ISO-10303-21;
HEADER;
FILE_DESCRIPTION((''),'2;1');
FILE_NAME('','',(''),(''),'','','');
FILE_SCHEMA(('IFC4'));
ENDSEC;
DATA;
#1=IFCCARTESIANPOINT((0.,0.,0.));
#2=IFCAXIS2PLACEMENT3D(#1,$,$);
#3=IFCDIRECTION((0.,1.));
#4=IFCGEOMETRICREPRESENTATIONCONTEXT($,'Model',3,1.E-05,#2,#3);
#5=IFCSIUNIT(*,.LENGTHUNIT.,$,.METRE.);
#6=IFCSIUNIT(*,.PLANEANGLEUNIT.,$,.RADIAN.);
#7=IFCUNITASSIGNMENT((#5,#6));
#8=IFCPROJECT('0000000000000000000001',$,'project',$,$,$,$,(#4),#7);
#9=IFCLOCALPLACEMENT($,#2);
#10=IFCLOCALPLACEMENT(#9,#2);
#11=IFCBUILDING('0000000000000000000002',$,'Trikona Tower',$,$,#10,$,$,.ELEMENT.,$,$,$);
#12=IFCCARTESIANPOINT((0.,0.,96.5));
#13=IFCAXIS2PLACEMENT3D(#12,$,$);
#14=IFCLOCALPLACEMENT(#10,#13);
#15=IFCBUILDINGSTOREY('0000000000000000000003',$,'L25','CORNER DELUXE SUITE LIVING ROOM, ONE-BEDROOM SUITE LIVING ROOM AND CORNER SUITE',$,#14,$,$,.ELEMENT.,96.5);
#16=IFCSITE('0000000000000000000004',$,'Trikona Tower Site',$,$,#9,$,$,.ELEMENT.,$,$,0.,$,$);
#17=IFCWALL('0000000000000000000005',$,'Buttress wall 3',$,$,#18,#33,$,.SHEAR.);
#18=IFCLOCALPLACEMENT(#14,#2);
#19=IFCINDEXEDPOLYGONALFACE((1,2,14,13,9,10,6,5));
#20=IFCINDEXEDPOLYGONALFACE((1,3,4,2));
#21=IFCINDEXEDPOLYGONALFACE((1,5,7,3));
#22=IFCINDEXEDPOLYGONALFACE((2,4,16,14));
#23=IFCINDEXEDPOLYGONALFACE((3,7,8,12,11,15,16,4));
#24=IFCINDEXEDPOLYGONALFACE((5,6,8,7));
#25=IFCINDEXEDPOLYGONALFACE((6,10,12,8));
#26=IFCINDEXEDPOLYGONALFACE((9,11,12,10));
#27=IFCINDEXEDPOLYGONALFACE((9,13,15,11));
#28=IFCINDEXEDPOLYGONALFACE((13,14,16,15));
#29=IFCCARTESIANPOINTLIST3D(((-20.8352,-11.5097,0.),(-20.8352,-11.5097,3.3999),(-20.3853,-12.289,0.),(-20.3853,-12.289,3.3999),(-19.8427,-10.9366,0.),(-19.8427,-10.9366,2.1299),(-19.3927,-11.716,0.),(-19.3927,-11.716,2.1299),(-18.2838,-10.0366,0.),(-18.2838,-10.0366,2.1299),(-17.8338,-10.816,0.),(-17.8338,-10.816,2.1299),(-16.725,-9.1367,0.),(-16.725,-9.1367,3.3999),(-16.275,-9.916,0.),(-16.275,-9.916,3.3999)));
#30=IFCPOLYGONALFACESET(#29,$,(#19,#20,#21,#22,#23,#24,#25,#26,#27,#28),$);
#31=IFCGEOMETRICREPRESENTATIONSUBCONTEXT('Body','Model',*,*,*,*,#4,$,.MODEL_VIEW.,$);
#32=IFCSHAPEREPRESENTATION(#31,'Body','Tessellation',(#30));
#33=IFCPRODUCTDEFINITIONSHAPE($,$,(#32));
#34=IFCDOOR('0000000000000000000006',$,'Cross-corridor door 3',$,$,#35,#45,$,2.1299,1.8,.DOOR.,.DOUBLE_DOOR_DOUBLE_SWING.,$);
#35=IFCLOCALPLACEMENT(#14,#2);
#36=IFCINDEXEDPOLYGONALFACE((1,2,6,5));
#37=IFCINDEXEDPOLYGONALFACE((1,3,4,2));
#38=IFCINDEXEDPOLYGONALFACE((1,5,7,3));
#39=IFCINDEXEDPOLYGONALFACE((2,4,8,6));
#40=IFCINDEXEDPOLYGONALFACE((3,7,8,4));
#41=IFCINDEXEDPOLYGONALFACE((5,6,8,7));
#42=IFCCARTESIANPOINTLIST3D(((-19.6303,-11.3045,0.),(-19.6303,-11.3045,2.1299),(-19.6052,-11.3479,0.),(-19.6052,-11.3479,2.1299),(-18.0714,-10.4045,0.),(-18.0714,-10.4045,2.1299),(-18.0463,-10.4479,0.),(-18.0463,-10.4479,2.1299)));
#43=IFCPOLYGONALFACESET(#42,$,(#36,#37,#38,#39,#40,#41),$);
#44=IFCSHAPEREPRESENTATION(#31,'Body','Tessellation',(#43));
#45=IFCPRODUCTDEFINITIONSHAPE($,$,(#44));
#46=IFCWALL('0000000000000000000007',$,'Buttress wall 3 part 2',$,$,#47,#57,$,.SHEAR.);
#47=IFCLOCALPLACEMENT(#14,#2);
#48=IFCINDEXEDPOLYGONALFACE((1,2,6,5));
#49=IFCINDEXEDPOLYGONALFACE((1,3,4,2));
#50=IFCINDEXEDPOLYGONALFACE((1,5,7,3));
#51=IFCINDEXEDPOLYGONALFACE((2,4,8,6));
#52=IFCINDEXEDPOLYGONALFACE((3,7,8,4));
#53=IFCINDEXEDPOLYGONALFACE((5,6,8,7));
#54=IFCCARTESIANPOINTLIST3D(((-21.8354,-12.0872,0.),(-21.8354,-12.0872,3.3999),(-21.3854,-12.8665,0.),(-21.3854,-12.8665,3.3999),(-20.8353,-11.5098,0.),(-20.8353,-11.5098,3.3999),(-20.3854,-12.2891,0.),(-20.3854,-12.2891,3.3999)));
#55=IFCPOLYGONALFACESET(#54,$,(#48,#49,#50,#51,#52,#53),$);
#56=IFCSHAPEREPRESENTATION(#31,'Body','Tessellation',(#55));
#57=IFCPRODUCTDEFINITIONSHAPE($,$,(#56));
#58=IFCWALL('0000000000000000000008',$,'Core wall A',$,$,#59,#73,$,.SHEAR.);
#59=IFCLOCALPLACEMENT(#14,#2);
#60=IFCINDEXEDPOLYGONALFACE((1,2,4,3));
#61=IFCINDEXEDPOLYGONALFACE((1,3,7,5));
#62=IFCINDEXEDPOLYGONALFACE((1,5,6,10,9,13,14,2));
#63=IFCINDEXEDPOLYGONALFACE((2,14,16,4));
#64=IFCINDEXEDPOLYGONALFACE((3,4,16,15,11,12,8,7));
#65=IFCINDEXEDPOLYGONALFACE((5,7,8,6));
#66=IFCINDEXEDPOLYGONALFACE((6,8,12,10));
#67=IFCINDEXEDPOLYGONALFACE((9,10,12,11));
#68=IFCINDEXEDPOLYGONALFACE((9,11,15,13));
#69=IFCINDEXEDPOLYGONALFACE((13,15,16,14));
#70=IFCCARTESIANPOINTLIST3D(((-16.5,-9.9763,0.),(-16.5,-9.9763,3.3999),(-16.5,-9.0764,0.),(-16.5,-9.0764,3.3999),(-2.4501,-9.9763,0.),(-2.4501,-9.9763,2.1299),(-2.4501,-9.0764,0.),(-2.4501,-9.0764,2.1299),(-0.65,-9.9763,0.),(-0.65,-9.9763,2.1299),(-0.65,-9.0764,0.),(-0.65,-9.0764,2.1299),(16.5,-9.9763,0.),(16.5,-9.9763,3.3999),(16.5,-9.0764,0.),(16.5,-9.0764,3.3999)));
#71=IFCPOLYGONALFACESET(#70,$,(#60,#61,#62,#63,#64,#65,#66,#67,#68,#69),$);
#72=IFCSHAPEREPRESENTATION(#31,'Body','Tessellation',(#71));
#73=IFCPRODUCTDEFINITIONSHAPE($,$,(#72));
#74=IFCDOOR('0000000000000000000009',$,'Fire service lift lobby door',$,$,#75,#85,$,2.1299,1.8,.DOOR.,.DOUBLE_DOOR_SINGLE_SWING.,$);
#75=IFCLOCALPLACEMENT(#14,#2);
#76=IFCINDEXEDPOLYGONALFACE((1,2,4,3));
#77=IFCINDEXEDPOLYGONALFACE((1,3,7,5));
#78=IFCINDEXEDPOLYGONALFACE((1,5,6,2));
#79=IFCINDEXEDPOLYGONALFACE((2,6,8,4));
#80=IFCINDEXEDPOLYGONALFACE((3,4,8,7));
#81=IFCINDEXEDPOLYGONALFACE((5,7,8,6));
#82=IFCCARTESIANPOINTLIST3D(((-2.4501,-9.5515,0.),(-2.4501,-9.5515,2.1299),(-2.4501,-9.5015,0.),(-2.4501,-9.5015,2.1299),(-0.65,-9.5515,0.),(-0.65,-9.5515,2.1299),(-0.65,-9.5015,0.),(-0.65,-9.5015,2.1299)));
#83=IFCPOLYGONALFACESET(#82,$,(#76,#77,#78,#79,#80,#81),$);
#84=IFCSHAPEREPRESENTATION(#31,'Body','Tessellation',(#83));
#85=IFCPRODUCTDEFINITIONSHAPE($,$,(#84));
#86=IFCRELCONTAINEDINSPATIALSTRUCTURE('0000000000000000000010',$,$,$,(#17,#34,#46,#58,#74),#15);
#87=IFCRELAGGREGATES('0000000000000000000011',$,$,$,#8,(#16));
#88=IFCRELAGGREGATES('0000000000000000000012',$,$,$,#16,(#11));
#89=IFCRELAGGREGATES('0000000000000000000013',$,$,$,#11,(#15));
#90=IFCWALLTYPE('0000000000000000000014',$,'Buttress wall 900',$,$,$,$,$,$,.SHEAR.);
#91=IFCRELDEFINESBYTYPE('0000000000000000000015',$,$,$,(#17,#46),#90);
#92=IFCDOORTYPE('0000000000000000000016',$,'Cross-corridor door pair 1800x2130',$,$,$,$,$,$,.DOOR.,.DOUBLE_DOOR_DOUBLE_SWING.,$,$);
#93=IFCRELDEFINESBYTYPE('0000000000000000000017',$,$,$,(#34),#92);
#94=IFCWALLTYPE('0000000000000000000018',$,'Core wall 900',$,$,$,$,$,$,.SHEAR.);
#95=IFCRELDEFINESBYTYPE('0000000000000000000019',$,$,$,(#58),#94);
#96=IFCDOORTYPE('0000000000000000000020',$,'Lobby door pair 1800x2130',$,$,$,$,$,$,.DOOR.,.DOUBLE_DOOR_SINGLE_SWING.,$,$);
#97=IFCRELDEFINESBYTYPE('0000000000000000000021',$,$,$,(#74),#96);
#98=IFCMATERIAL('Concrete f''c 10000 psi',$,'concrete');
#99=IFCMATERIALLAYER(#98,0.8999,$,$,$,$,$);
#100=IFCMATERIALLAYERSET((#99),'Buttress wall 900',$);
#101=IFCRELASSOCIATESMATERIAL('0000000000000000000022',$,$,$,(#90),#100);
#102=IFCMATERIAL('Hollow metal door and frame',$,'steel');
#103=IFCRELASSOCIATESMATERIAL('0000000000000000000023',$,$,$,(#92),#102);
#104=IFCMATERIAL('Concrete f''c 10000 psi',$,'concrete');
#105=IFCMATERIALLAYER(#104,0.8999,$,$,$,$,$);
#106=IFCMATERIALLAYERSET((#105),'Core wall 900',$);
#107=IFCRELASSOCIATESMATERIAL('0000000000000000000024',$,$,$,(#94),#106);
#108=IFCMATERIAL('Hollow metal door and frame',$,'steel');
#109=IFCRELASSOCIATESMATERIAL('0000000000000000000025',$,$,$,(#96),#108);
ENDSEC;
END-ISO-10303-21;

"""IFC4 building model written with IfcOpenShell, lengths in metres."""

from ifc_helpers import new_model, si_unit, direction, frame, frame_2d, origin, place, context, subcontext, project, spatial, rectangle, extrude, material, layer, layer_set, type_object, element, fill, save


model = new_model("IFC4")

# Units and contexts
model_context = context("Model", 3, precision=1e-05, world=origin(), true_north=direction((0.0, 1.0)))
body_context = subcontext(model_context, "Body", "Model", "MODEL_VIEW")
ifc_project = project(units=[si_unit("LENGTHUNIT", "METRE"), si_unit("PLANEANGLEUNIT", "RADIAN")], contexts=[model_context])

# Site, building, storey
site_placement = place(None, origin())
site = spatial("IfcSite", under=ifc_project, at=site_placement, Name="Trikona Tower Site", CompositionType="ELEMENT", RefElevation=0.0)
building_placement = place(site_placement, origin())
building = spatial("IfcBuilding", under=site, at=building_placement, Name="Trikona Tower", CompositionType="ELEMENT")
storey_placement = place(building_placement, frame((0.0, 0.0, 96.5)))
storey = spatial("IfcBuildingStorey", under=building, at=storey_placement, Name="L25", Description="CORNER DELUXE SUITE LIVING ROOM, ONE-BEDROOM SUITE LIVING ROOM AND CORNER SUITE", CompositionType="ELEMENT", Elevation=96.5)

# Wall, opening, door
ifc_material_1 = material(Name="Concrete f'c 10000 psi", Category="concrete")
ifc_layer_1 = layer(ifc_material_1, 0.8999)
ifc_layer_set_1 = layer_set([ifc_layer_1], Name="Buttress wall 900")
wall_type_1 = type_object("IfcWallType", Name="Buttress wall 900", PredefinedType="SHEAR", material=ifc_layer_set_1)
wall_1_placement = place(storey_placement, frame((-16.5, -9.5264, 0.0), z_axis=(0.0, 0.0, 1.0), x_axis=(-0.866031, -0.49999, 0.0)))
wall_1 = element("IfcWall", 1, at=wall_1_placement, inside=storey, type_object=wall_type_1, Name="Buttress wall 3", PredefinedType="SHEAR", context=body_context, shape_type="SweptSolid", body=[
    extrude(rectangle(XDim=4.7461, YDim=0.8999, at=frame_2d((2.373, 0.0))), origin(), (0.0, 0.0, 1.0), 3.3999),
])
opening_1_placement = place(wall_1_placement, frame((1.8, 0.0, 0.0)))
opening_1 = element("IfcOpeningElement", 2, at=opening_1_placement, cuts=wall_1, PredefinedType="OPENING", context=body_context, shape_type="SweptSolid", body=[
    extrude(rectangle(XDim=1.8, YDim=2.1299, at=frame_2d((0.8999, 1.0649))), frame((0.0, 0.46, 0.0), z_axis=(0.0, -1.0, 0.0), x_axis=(1.0, 0.0, 0.0)), (0.0, 0.0, 1.0), 0.9199),
])
ifc_material_2 = material(Name="Hollow metal door and frame", Category="steel")
door_type_1 = type_object("IfcDoorType", Name="Cross-corridor door pair 1800x2130", OperationType="DOUBLE_DOOR_DOUBLE_SWING", PredefinedType="DOOR", material=ifc_material_2)
door_1_placement = place(opening_1_placement, origin())
door_1 = element("IfcDoor", 3, at=door_1_placement, inside=storey, type_object=door_type_1, Name="Cross-corridor door 3", OperationType="DOUBLE_DOOR_DOUBLE_SWING", OverallHeight=2.1299, OverallWidth=1.8, PredefinedType="DOOR", context=body_context, shape_type="SweptSolid", body=[
    extrude(rectangle(XDim=1.8, YDim=2.1299, at=frame_2d((0.8999, 1.0649))), frame((0.0, 0.0249, 0.0), z_axis=(0.0, -1.0, 0.0), x_axis=(1.0, 0.0, 0.0)), (0.0, 0.0, 1.0), 0.05),
])
fill(opening_1, door_1)

# Wall
wall_2_placement = place(storey_placement, frame((-20.6104, -11.8994, 0.0), z_axis=(0.0, 0.0, 1.0), x_axis=(-0.86601, -0.500027, 0.0)))
element("IfcWall", 4, at=wall_2_placement, inside=storey, type_object=wall_type_1, Name="Buttress wall 3 part 2", PredefinedType="SHEAR", context=body_context, shape_type="SweptSolid", body=[
    extrude(rectangle(XDim=1.1548, YDim=0.8999, at=frame_2d((0.5774, 0.0))), origin(), (0.0, 0.0, 1.0), 3.3999),
])

# Wall, opening, door
ifc_material_3 = material(Name="Concrete f'c 10000 psi", Category="concrete")
ifc_layer_2 = layer(ifc_material_3, 0.8999)
ifc_layer_set_2 = layer_set([ifc_layer_2], Name="Core wall 900")
wall_type_2 = type_object("IfcWallType", Name="Core wall 900", PredefinedType="SHEAR", material=ifc_layer_set_2)
wall_3_placement = place(storey_placement, frame((-16.5, -9.5264, 0.0), z_axis=(0.0, 0.0, 1.0), x_axis=(1.0, 0.0, 0.0)))
wall_3 = element("IfcWall", 5, at=wall_3_placement, inside=storey, type_object=wall_type_2, Name="Core wall A", PredefinedType="SHEAR", context=body_context, shape_type="SweptSolid", body=[
    extrude(rectangle(XDim=33.0, YDim=0.8999, at=frame_2d((16.5, 0.0))), origin(), (0.0, 0.0, 1.0), 3.3999),
])
opening_2_placement = place(wall_3_placement, frame((14.05, 0.0, 0.0)))
opening_2 = element("IfcOpeningElement", 6, at=opening_2_placement, cuts=wall_3, PredefinedType="OPENING", context=body_context, shape_type="SweptSolid", body=[
    extrude(rectangle(XDim=1.8, YDim=2.1299, at=frame_2d((0.8999, 1.0649))), frame((0.0, 0.46, 0.0), z_axis=(0.0, -1.0, 0.0), x_axis=(1.0, 0.0, 0.0)), (0.0, 0.0, 1.0), 0.9199),
])
ifc_material_4 = material(Name="Hollow metal door and frame", Category="steel")
door_type_2 = type_object("IfcDoorType", Name="Lobby door pair 1800x2130", OperationType="DOUBLE_DOOR_SINGLE_SWING", PredefinedType="DOOR", material=ifc_material_4)
door_2_placement = place(opening_2_placement, origin())
door_2 = element("IfcDoor", 7, at=door_2_placement, inside=storey, type_object=door_type_2, Name="Fire service lift lobby door", OperationType="DOUBLE_DOOR_SINGLE_SWING", OverallHeight=2.1299, OverallWidth=1.8, PredefinedType="DOOR", context=body_context, shape_type="SweptSolid", body=[
    extrude(rectangle(XDim=1.8, YDim=2.1299, at=frame_2d((0.8999, 1.0649))), frame((0.0, 0.0249, 0.0), z_axis=(0.0, -1.0, 0.0), x_axis=(1.0, 0.0, 0.0)), (0.0, 0.0, 1.0), 0.05),
])
fill(opening_2, door_2)

save(model, "model.ifc")
